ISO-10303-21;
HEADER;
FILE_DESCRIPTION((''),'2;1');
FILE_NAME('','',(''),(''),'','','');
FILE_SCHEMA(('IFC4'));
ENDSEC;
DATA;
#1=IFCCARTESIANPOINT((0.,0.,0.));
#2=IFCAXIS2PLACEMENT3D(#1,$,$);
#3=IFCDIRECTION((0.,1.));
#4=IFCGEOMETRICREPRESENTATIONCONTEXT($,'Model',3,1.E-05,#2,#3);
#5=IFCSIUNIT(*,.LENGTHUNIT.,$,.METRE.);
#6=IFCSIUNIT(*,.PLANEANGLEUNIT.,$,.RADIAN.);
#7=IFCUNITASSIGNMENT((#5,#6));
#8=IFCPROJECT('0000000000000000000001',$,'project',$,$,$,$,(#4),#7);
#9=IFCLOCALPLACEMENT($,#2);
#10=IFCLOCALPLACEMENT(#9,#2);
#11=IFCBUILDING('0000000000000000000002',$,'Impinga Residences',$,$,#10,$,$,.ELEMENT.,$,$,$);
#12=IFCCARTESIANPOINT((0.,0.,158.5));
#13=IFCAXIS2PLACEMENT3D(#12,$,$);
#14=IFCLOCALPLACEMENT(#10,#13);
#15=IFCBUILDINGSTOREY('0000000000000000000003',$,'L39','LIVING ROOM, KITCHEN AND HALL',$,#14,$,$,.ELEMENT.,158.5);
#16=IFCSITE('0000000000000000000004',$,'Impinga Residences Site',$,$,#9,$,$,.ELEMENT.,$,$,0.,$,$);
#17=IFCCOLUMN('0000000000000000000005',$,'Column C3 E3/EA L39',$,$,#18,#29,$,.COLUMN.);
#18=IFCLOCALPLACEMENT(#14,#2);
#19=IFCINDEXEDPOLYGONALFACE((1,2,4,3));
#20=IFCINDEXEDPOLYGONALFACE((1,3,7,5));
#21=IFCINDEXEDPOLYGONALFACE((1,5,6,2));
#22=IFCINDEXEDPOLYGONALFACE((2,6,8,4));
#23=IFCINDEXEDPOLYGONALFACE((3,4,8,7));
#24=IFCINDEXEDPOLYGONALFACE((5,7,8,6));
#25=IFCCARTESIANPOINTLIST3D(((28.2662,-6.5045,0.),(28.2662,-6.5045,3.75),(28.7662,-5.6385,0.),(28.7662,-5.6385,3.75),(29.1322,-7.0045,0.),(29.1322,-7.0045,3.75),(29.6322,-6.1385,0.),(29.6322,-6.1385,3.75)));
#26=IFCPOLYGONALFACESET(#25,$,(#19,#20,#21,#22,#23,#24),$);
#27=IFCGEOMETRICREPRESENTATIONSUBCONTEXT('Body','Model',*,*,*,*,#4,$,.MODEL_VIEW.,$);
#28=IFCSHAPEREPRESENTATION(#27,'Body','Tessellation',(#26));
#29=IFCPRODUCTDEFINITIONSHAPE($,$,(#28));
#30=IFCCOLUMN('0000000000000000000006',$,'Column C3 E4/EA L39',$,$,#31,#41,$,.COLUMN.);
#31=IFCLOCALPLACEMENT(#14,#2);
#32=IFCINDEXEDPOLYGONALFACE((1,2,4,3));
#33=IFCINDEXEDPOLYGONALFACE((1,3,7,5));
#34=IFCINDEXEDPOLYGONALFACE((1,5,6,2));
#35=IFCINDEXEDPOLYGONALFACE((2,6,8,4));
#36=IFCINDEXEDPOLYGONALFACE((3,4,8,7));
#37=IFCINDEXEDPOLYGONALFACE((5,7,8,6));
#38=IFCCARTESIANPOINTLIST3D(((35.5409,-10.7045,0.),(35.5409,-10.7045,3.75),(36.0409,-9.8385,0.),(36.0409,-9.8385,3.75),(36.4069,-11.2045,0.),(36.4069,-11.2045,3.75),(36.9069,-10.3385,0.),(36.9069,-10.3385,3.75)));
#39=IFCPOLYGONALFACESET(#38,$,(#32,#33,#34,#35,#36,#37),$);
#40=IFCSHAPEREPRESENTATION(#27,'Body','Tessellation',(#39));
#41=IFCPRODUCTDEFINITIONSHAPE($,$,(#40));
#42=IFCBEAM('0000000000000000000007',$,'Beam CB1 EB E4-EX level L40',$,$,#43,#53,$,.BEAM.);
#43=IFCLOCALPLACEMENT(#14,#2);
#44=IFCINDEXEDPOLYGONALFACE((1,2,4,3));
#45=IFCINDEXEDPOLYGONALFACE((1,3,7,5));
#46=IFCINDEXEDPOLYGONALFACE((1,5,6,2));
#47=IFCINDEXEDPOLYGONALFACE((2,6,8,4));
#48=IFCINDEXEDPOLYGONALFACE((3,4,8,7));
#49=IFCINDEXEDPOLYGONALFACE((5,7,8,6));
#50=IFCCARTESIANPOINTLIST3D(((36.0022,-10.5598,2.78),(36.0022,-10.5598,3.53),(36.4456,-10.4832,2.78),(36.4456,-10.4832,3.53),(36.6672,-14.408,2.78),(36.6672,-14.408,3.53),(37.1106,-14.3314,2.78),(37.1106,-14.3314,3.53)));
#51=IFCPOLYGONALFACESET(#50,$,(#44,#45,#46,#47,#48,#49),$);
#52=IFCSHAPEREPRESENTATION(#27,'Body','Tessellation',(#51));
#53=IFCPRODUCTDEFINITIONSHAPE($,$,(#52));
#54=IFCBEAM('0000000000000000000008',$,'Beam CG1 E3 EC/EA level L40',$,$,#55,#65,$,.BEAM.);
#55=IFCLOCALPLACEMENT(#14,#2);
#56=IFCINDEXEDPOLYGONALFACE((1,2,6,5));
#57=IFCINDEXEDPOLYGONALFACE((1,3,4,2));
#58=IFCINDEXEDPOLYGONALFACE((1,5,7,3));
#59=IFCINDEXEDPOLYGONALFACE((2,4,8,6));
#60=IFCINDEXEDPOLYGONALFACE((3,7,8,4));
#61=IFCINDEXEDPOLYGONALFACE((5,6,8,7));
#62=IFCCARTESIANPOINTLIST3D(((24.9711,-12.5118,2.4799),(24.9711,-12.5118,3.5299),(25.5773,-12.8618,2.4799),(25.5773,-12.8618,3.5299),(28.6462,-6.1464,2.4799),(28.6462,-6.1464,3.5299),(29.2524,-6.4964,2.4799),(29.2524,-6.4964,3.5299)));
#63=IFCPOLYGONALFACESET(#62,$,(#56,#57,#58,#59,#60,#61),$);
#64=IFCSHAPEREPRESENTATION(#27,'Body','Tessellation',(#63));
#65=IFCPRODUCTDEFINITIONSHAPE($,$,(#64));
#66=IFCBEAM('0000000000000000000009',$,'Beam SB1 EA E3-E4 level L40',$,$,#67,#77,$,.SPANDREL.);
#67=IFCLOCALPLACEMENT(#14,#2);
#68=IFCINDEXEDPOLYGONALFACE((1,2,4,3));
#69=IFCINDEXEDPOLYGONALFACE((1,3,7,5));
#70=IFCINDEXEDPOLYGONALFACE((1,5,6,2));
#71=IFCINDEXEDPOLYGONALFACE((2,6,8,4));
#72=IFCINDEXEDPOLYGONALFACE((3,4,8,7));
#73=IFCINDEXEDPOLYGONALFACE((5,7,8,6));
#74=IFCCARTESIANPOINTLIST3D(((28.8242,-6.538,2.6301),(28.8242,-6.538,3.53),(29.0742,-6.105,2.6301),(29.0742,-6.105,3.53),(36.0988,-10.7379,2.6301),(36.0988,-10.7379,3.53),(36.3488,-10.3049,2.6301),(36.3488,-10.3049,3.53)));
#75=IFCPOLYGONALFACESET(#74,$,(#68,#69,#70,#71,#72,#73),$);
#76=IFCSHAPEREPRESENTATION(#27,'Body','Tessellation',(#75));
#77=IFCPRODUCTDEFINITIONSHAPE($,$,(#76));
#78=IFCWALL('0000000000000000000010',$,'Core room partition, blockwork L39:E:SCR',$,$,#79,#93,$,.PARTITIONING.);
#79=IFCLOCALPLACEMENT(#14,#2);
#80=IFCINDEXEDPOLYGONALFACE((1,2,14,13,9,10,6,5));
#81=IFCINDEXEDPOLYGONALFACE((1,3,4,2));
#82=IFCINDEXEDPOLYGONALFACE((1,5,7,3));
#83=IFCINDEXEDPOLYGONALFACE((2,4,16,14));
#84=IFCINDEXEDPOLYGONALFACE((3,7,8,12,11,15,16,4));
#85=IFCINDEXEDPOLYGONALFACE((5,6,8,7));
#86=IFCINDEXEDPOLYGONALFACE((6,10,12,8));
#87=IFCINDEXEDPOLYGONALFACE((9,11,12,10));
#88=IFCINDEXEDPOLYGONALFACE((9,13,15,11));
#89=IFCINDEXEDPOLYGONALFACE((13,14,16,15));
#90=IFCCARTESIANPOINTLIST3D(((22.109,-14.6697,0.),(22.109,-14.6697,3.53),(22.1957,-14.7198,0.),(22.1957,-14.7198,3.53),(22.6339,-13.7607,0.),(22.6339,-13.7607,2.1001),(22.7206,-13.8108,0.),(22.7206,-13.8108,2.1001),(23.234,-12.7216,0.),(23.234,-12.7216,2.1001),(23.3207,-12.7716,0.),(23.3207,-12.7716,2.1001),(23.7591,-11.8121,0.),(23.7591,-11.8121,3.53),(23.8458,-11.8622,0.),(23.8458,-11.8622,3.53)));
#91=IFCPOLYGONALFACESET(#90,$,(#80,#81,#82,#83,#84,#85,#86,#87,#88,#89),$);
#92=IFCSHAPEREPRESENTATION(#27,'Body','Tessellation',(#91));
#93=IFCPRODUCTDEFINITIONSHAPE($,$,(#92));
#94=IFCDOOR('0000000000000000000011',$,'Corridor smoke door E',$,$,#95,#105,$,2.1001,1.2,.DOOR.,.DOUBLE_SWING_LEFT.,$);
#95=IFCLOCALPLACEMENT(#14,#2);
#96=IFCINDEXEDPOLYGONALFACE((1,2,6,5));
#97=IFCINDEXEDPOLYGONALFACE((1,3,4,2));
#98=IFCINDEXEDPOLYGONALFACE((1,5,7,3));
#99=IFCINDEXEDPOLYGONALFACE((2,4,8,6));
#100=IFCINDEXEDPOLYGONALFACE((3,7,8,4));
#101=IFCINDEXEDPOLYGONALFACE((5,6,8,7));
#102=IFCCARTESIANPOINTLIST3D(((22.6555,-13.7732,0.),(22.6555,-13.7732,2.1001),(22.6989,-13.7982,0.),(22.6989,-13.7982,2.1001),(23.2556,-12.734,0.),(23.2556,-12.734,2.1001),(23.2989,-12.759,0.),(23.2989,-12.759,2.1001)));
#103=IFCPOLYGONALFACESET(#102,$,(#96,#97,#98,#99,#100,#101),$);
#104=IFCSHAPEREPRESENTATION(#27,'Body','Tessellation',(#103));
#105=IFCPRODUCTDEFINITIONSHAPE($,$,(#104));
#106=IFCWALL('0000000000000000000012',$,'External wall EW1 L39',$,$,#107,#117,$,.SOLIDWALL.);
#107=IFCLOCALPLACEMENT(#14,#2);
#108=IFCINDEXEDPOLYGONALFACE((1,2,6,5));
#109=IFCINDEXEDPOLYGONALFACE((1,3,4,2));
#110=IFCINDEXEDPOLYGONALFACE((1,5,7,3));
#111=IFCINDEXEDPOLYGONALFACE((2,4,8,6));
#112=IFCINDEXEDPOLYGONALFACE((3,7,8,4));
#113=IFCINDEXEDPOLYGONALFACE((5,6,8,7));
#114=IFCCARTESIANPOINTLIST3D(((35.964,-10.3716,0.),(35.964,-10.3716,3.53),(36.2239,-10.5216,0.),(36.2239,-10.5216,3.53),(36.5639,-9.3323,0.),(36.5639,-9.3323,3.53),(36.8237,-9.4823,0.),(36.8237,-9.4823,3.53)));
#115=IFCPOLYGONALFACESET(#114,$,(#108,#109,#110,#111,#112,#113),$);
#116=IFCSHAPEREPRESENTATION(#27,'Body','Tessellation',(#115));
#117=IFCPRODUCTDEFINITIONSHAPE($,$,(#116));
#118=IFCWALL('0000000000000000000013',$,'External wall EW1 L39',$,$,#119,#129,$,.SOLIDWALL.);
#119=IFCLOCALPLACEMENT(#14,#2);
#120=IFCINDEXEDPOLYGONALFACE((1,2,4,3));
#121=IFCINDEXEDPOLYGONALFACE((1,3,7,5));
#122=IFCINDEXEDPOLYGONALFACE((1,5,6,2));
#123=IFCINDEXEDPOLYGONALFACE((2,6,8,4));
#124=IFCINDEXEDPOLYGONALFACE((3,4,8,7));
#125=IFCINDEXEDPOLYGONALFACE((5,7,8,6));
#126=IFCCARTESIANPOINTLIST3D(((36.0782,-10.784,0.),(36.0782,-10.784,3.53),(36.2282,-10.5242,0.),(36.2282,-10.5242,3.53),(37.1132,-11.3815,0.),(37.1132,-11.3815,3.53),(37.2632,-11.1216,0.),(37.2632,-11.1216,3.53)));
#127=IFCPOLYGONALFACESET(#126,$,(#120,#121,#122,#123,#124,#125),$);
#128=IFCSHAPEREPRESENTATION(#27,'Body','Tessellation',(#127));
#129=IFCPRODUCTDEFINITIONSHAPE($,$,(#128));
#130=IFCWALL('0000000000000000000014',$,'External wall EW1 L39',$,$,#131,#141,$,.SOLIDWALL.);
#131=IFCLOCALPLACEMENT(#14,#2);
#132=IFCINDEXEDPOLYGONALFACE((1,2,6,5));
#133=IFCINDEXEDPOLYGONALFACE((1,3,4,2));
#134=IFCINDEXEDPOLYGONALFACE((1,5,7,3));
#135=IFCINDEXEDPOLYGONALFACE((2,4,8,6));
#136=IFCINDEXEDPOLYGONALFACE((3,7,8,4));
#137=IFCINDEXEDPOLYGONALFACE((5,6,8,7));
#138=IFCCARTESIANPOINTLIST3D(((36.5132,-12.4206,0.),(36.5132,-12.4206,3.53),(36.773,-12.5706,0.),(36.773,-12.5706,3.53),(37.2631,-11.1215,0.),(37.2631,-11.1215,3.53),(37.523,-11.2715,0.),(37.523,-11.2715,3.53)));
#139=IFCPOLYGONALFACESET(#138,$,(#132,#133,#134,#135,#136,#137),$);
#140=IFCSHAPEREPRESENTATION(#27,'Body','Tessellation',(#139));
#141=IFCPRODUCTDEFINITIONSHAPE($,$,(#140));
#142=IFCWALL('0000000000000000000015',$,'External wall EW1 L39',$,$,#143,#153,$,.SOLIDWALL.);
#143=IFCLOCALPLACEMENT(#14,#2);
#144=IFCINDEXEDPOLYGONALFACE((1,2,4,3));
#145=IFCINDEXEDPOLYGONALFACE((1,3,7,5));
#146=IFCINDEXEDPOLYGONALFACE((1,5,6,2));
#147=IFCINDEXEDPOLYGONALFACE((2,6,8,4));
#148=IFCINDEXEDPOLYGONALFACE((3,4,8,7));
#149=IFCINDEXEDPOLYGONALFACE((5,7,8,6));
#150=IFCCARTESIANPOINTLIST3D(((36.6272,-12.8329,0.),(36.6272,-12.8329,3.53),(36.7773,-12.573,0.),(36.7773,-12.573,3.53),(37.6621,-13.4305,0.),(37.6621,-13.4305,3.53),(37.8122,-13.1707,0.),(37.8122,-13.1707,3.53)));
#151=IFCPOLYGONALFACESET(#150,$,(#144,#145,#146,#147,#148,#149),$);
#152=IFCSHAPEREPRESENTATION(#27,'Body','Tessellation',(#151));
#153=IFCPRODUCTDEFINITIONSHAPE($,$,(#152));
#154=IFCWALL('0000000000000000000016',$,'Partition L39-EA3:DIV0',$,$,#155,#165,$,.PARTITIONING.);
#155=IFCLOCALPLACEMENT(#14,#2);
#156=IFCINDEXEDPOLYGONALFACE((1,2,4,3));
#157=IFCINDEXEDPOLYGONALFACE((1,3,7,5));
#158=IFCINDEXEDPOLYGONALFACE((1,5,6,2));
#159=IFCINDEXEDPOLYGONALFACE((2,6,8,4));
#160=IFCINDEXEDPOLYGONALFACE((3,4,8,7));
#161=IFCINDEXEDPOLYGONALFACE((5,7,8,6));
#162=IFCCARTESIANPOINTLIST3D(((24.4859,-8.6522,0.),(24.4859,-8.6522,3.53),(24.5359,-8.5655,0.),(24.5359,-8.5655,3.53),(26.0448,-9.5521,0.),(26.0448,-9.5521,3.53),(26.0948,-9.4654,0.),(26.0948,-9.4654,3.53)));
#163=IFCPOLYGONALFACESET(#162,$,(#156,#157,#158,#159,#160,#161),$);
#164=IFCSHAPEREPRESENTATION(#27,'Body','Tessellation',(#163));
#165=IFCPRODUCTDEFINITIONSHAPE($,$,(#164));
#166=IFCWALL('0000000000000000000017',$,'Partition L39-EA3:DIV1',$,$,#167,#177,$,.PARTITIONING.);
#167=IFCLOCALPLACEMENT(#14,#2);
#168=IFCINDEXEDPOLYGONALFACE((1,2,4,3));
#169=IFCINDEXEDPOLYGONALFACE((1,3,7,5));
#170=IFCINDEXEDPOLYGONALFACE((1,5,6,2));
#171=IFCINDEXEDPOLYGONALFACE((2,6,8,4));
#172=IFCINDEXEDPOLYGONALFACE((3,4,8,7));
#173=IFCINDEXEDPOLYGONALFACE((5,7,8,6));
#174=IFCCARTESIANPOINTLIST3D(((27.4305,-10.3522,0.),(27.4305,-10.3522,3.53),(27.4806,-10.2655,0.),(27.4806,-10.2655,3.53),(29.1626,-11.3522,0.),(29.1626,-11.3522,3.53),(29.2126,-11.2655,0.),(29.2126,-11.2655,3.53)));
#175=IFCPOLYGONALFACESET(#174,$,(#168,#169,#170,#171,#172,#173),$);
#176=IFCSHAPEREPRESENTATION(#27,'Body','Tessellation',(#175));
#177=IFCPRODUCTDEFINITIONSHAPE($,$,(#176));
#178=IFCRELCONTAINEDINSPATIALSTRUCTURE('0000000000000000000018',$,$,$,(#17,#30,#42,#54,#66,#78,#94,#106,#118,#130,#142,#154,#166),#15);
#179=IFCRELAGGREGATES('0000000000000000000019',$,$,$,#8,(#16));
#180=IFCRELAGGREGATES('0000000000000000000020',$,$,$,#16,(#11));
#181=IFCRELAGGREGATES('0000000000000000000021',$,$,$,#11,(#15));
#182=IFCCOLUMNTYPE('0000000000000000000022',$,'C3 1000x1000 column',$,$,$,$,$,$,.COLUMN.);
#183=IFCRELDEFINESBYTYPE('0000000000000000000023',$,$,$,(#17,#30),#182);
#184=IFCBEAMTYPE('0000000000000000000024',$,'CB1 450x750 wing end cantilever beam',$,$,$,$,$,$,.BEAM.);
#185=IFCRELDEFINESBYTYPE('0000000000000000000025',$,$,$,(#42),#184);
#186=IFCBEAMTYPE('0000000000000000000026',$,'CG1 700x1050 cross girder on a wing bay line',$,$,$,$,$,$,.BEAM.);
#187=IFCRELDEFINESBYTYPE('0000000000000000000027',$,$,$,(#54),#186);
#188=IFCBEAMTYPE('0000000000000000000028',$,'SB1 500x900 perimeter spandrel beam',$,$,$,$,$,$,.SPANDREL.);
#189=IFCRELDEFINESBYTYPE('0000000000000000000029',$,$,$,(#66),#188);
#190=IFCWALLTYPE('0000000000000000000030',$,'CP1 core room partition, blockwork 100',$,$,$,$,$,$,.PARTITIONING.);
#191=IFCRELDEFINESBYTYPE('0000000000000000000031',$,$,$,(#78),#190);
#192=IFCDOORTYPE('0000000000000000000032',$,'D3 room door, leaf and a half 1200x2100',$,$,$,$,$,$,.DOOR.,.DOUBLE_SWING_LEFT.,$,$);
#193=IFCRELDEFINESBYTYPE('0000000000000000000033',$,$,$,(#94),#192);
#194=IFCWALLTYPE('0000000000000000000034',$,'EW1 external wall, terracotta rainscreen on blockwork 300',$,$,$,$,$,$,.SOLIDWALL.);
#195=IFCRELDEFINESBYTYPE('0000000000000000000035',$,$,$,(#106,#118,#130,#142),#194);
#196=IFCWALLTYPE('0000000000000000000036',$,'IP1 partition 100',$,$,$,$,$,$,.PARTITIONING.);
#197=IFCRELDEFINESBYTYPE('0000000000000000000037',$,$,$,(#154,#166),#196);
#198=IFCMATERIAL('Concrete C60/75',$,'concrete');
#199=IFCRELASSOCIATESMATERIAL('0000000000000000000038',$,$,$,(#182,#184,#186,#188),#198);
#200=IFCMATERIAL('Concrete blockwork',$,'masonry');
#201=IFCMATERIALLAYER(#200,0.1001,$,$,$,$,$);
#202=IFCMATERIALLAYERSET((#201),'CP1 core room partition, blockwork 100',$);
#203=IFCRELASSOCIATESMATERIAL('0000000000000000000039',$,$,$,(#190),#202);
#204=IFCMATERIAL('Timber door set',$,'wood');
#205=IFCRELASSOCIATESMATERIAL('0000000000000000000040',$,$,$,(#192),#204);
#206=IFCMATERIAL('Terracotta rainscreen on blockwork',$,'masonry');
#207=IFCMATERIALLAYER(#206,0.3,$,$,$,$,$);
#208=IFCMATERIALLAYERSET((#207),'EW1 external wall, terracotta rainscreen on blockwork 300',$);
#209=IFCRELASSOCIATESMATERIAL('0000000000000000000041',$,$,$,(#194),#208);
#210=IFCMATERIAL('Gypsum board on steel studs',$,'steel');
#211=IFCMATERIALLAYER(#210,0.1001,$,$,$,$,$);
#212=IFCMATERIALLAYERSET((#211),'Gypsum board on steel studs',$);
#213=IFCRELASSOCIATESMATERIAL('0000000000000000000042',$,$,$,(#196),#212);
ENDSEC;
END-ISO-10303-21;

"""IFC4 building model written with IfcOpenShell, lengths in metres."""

from ifc_helpers import new_model, si_unit, direction, frame, frame_2d, origin, origin_2d, place, context, subcontext, project, spatial, rectangle, extrude, material, layer, layer_set, material_profile, profile_set, type_object, element, fill, save


model = new_model("IFC4")

# Units and contexts
model_context = context("Model", 3, precision=1e-05, world=origin(), true_north=direction((0.0, 1.0)))
body_context = subcontext(model_context, "Body", "Model", "MODEL_VIEW")
ifc_project = project(units=[si_unit("LENGTHUNIT", "METRE"), si_unit("PLANEANGLEUNIT", "RADIAN")], contexts=[model_context])

# Site, building, storey
site_placement = place(None, origin())
site = spatial("IfcSite", under=ifc_project, at=site_placement, Name="Impinga Residences Site", CompositionType="ELEMENT", RefElevation=0.0)
building_placement = place(site_placement, origin())
building = spatial("IfcBuilding", under=site, at=building_placement, Name="Impinga Residences", CompositionType="ELEMENT")
storey_placement = place(building_placement, frame((0.0, 0.0, 158.5)))
storey = spatial("IfcBuildingStorey", under=building, at=storey_placement, Name="L39", Description="LIVING ROOM, KITCHEN AND HALL", CompositionType="ELEMENT", Elevation=158.5)

# Columns
ifc_material_1 = material(Name="Concrete C60/75", Category="concrete")
ifc_material_profile_1 = material_profile(ifc_material_1, rectangle(XDim=1.0, YDim=1.0, at=origin_2d()), Name="RC 1000x1000")
ifc_profile_set_1 = profile_set([ifc_material_profile_1], Name="Concrete C60/75")
column_type = type_object("IfcColumnType", Name="C3 1000x1000 column", PredefinedType="COLUMN", material=ifc_profile_set_1)
for number, where, z_axis, x_axis, name in (
    (1, (28.9492, -6.3215, 0.0), (0.0, 0.0, 1.0), (-0.5, -0.866025, 0.0), "Column C3 E3/EA L39"),
    (2, (36.2239, -10.5215, 0.0), (0.0, 0.0, 1.0), (-0.5, -0.866025, 0.0), "Column C3 E4/EA L39"),
):
    element("IfcColumn", number, at=place(storey_placement, frame(where, z_axis=z_axis, x_axis=x_axis)), inside=storey, type_object=column_type, Name=name, PredefinedType="COLUMN", context=body_context, shape_type="SweptSolid", body=[
        extrude(rectangle(XDim=1.0, YDim=1.0, at=origin_2d()), origin(), (0.0, 0.0, 1.0), 3.75),
    ])

# Beams
ifc_material_profile_2 = material_profile(ifc_material_1, rectangle(XDim=0.45, YDim=0.75, at=origin_2d()), Name="RC 450x750")
ifc_profile_set_2 = profile_set([ifc_material_profile_2], Name="Concrete C60/75")
beam_type_1 = type_object("IfcBeamType", Name="CB1 450x750 wing end cantilever beam", PredefinedType="BEAM", material=ifc_profile_set_2)
beam_1_placement = place(storey_placement, frame((36.2239, -10.5215, 3.155), z_axis=(0.170296, -0.985393, 0.0), x_axis=(0.985393, 0.170296, 0.0)))
element("IfcBeam", 3, at=beam_1_placement, inside=storey, type_object=beam_type_1, Name="Beam CB1 EB E4-EX level L40", PredefinedType="BEAM", context=body_context, shape_type="SweptSolid", body=[
    extrude(rectangle(XDim=0.45, YDim=0.75, at=origin_2d()), origin(), (0.0, 0.0, 1.0), 3.9053),
])
ifc_material_profile_3 = material_profile(ifc_material_1, rectangle(XDim=0.7, YDim=1.05, at=origin_2d()), Name="RC 700x1050")
ifc_profile_set_3 = profile_set([ifc_material_profile_3], Name="Concrete C60/75")
beam_type_2 = type_object("IfcBeamType", Name="CG1 700x1050 cross girder on a wing bay line", PredefinedType="BEAM", material=ifc_profile_set_3)
beam_2_placement = place(storey_placement, frame((25.2742, -12.6868, 3.0049), z_axis=(0.500008, 0.866021, 0.0), x_axis=(-0.866021, 0.500008, 0.0)))
element("IfcBeam", 4, at=beam_2_placement, inside=storey, type_object=beam_type_2, Name="Beam CG1 E3 EC/EA level L40", PredefinedType="BEAM", context=body_context, shape_type="SweptSolid", body=[
    extrude(rectangle(XDim=0.7, YDim=1.05, at=origin_2d()), origin(), (0.0, 0.0, 1.0), 7.3501),
])
ifc_material_profile_4 = material_profile(ifc_material_1, rectangle(XDim=0.5, YDim=0.8999, at=origin_2d()), Name="RC 500x900")
ifc_profile_set_4 = profile_set([ifc_material_profile_4], Name="Concrete C60/75")
beam_type_3 = type_object("IfcBeamType", Name="SB1 500x900 perimeter spandrel beam", PredefinedType="SPANDREL", material=ifc_profile_set_4)
beam_3_placement = place(storey_placement, frame((28.9492, -6.3215, 3.0801), z_axis=(0.866029, -0.499993, 0.0), x_axis=(0.499993, 0.866029, 0.0)))
element("IfcBeam", 5, at=beam_3_placement, inside=storey, type_object=beam_type_3, Name="Beam SB1 EA E3-E4 level L40", PredefinedType="SPANDREL", context=body_context, shape_type="SweptSolid", body=[
    extrude(rectangle(XDim=0.5, YDim=0.8999, at=origin_2d()), origin(), (0.0, 0.0, 1.0), 8.3999),
])

# Wall, opening, door
ifc_material_2 = material(Name="Concrete blockwork", Category="masonry")
ifc_layer_1 = layer(ifc_material_2, 0.1001)
ifc_layer_set_1 = layer_set([ifc_layer_1], Name="CP1 core room partition, blockwork 100")
wall_type_1 = type_object("IfcWallType", Name="CP1 core room partition, blockwork 100", PredefinedType="PARTITIONING", material=ifc_layer_set_1)
wall_1_placement = place(storey_placement, frame((23.8025, -11.8372, 0.0), z_axis=(0.0, 0.0, 1.0), x_axis=(-0.500062, -0.86599, 0.0)))
wall_1 = element("IfcWall", 6, at=wall_1_placement, inside=storey, type_object=wall_type_1, Name="Core room partition, blockwork L39:E:SCR", PredefinedType="PARTITIONING", context=body_context, shape_type="SweptSolid", body=[
    extrude(rectangle(XDim=3.2998, YDim=0.1001, at=frame_2d((1.6499, 0.0))), origin(), (0.0, 0.0, 1.0), 3.53),
])
opening_1_placement = place(wall_1_placement, frame((1.05, 0.0, 0.0)))
opening_1 = element("IfcOpeningElement", 7, at=opening_1_placement, cuts=wall_1, PredefinedType="OPENING", context=body_context, shape_type="SweptSolid", body=[
    extrude(rectangle(XDim=1.2, YDim=2.1001, at=frame_2d((0.6001, 1.05))), frame((0.0, 0.0601, 0.0), z_axis=(0.0, -1.0, 0.0), x_axis=(1.0, 0.0, 0.0)), (0.0, 0.0, 1.0), 0.1201),
])
ifc_material_3 = material(Name="Timber door set", Category="wood")
door_type_1 = type_object("IfcDoorType", Name="D3 room door, leaf and a half 1200x2100", OperationType="DOUBLE_SWING_LEFT", PredefinedType="DOOR", material=ifc_material_3)
door_1_placement = place(opening_1_placement, origin())
door_1 = element("IfcDoor", 8, at=door_1_placement, inside=storey, type_object=door_type_1, Name="Corridor smoke door E", OperationType="DOUBLE_SWING_LEFT", OverallHeight=2.1001, OverallWidth=1.2, PredefinedType="DOOR", context=body_context, shape_type="SweptSolid", body=[
    extrude(rectangle(XDim=1.2, YDim=2.1001, at=frame_2d((0.6001, 1.05))), frame((0.0, 0.0249, 0.0), z_axis=(0.0, -1.0, 0.0), x_axis=(1.0, 0.0, 0.0)), (0.0, 0.0, 1.0), 0.05),
])
fill(opening_1, door_1)

# Walls
ifc_material_4 = material(Name="Terracotta rainscreen on blockwork", Category="masonry")
ifc_layer_2 = layer(ifc_material_4, 0.3)
ifc_layer_set_2 = layer_set([ifc_layer_2], Name="EW1 external wall, terracotta rainscreen on blockwork 300")
wall_type_2 = type_object("IfcWallType", Name="EW1 external wall, terracotta rainscreen on blockwork 300", PredefinedType="SOLIDWALL", material=ifc_layer_set_2)
wall_2_placement = place(storey_placement, frame((36.6938, -9.4072, 0.0), z_axis=(0.0, 0.0, 1.0), x_axis=(-0.499881, -0.866094, 0.0)))
element("IfcWall", 9, at=wall_2_placement, inside=storey, type_object=wall_type_2, Name="External wall EW1 L39", PredefinedType="SOLIDWALL", context=body_context, shape_type="SweptSolid", body=[
    extrude(rectangle(XDim=1.2, YDim=0.3, at=frame_2d((0.6001, 0.0))), origin(), (0.0, 0.0, 1.0), 3.53),
])
wall_3_placement = place(storey_placement, frame((36.1531, -10.6541, 0.0), z_axis=(0.0, 0.0, 1.0), x_axis=(0.86606, -0.499941, 0.0)))
element("IfcWall", 10, at=wall_3_placement, inside=storey, type_object=wall_type_2, Name="External wall EW1 L39", PredefinedType="SOLIDWALL", context=body_context, shape_type="SweptSolid", body=[
    extrude(rectangle(XDim=1.1951, YDim=0.3, at=frame_2d((0.5977, 0.0))), origin(), (0.0, 0.0, 1.0), 3.53),
])
wall_4_placement = place(storey_placement, frame((37.3931, -11.1965, 0.0), z_axis=(0.0, 0.0, 1.0), x_axis=(-0.49999, -0.866031, 0.0)))
element("IfcWall", 11, at=wall_4_placement, inside=storey, type_object=wall_type_2, Name="External wall EW1 L39", PredefinedType="SOLIDWALL", context=body_context, shape_type="SweptSolid", body=[
    extrude(rectangle(XDim=1.5, YDim=0.3, at=frame_2d((0.75, 0.0))), origin(), (0.0, 0.0, 1.0), 3.53),
])
wall_5_placement = place(storey_placement, frame((36.7021, -12.7029, 0.0), z_axis=(0.0, 0.0, 1.0), x_axis=(0.865971, -0.500094, 0.0)))
element("IfcWall", 12, at=wall_5_placement, inside=storey, type_object=wall_type_2, Name="External wall EW1 L39", PredefinedType="SOLIDWALL", context=body_context, shape_type="SweptSolid", body=[
    extrude(rectangle(XDim=1.1951, YDim=0.3, at=frame_2d((0.5977, 0.0))), origin(), (0.0, 0.0, 1.0), 3.53),
])
ifc_material_5 = material(Name="Gypsum board on steel studs", Category="steel")
ifc_layer_3 = layer(ifc_material_5, 0.1001)
ifc_layer_set_3 = layer_set([ifc_layer_3], Name="Gypsum board on steel studs")
wall_type_3 = type_object("IfcWallType", Name="IP1 partition 100", PredefinedType="PARTITIONING", material=ifc_layer_set_3)
wall_6_placement = place(storey_placement, frame((24.511, -8.6089, 0.0), z_axis=(0.0, 0.0, 1.0), x_axis=(0.866048, -0.499961, 0.0)))
element("IfcWall", 13, at=wall_6_placement, inside=storey, type_object=wall_type_3, Name="Partition L39-EA3:DIV0", PredefinedType="PARTITIONING", context=body_context, shape_type="SweptSolid", body=[
    extrude(rectangle(XDim=1.8, YDim=0.1001, at=frame_2d((0.8999, 0.0))), origin(), (0.0, 0.0, 1.0), 3.53),
])
wall_7_placement = place(storey_placement, frame((27.4556, -10.3088, 0.0), z_axis=(0.0, 0.0, 1.0), x_axis=(0.866011, -0.500025, 0.0)))
element("IfcWall", 14, at=wall_7_placement, inside=storey, type_object=wall_type_3, Name="Partition L39-EA3:DIV1", PredefinedType="PARTITIONING", context=body_context, shape_type="SweptSolid", body=[
    extrude(rectangle(XDim=2.0, YDim=0.1001, at=frame_2d((1.0, 0.0))), origin(), (0.0, 0.0, 1.0), 3.53),
])

save(model, "model.ifc")
